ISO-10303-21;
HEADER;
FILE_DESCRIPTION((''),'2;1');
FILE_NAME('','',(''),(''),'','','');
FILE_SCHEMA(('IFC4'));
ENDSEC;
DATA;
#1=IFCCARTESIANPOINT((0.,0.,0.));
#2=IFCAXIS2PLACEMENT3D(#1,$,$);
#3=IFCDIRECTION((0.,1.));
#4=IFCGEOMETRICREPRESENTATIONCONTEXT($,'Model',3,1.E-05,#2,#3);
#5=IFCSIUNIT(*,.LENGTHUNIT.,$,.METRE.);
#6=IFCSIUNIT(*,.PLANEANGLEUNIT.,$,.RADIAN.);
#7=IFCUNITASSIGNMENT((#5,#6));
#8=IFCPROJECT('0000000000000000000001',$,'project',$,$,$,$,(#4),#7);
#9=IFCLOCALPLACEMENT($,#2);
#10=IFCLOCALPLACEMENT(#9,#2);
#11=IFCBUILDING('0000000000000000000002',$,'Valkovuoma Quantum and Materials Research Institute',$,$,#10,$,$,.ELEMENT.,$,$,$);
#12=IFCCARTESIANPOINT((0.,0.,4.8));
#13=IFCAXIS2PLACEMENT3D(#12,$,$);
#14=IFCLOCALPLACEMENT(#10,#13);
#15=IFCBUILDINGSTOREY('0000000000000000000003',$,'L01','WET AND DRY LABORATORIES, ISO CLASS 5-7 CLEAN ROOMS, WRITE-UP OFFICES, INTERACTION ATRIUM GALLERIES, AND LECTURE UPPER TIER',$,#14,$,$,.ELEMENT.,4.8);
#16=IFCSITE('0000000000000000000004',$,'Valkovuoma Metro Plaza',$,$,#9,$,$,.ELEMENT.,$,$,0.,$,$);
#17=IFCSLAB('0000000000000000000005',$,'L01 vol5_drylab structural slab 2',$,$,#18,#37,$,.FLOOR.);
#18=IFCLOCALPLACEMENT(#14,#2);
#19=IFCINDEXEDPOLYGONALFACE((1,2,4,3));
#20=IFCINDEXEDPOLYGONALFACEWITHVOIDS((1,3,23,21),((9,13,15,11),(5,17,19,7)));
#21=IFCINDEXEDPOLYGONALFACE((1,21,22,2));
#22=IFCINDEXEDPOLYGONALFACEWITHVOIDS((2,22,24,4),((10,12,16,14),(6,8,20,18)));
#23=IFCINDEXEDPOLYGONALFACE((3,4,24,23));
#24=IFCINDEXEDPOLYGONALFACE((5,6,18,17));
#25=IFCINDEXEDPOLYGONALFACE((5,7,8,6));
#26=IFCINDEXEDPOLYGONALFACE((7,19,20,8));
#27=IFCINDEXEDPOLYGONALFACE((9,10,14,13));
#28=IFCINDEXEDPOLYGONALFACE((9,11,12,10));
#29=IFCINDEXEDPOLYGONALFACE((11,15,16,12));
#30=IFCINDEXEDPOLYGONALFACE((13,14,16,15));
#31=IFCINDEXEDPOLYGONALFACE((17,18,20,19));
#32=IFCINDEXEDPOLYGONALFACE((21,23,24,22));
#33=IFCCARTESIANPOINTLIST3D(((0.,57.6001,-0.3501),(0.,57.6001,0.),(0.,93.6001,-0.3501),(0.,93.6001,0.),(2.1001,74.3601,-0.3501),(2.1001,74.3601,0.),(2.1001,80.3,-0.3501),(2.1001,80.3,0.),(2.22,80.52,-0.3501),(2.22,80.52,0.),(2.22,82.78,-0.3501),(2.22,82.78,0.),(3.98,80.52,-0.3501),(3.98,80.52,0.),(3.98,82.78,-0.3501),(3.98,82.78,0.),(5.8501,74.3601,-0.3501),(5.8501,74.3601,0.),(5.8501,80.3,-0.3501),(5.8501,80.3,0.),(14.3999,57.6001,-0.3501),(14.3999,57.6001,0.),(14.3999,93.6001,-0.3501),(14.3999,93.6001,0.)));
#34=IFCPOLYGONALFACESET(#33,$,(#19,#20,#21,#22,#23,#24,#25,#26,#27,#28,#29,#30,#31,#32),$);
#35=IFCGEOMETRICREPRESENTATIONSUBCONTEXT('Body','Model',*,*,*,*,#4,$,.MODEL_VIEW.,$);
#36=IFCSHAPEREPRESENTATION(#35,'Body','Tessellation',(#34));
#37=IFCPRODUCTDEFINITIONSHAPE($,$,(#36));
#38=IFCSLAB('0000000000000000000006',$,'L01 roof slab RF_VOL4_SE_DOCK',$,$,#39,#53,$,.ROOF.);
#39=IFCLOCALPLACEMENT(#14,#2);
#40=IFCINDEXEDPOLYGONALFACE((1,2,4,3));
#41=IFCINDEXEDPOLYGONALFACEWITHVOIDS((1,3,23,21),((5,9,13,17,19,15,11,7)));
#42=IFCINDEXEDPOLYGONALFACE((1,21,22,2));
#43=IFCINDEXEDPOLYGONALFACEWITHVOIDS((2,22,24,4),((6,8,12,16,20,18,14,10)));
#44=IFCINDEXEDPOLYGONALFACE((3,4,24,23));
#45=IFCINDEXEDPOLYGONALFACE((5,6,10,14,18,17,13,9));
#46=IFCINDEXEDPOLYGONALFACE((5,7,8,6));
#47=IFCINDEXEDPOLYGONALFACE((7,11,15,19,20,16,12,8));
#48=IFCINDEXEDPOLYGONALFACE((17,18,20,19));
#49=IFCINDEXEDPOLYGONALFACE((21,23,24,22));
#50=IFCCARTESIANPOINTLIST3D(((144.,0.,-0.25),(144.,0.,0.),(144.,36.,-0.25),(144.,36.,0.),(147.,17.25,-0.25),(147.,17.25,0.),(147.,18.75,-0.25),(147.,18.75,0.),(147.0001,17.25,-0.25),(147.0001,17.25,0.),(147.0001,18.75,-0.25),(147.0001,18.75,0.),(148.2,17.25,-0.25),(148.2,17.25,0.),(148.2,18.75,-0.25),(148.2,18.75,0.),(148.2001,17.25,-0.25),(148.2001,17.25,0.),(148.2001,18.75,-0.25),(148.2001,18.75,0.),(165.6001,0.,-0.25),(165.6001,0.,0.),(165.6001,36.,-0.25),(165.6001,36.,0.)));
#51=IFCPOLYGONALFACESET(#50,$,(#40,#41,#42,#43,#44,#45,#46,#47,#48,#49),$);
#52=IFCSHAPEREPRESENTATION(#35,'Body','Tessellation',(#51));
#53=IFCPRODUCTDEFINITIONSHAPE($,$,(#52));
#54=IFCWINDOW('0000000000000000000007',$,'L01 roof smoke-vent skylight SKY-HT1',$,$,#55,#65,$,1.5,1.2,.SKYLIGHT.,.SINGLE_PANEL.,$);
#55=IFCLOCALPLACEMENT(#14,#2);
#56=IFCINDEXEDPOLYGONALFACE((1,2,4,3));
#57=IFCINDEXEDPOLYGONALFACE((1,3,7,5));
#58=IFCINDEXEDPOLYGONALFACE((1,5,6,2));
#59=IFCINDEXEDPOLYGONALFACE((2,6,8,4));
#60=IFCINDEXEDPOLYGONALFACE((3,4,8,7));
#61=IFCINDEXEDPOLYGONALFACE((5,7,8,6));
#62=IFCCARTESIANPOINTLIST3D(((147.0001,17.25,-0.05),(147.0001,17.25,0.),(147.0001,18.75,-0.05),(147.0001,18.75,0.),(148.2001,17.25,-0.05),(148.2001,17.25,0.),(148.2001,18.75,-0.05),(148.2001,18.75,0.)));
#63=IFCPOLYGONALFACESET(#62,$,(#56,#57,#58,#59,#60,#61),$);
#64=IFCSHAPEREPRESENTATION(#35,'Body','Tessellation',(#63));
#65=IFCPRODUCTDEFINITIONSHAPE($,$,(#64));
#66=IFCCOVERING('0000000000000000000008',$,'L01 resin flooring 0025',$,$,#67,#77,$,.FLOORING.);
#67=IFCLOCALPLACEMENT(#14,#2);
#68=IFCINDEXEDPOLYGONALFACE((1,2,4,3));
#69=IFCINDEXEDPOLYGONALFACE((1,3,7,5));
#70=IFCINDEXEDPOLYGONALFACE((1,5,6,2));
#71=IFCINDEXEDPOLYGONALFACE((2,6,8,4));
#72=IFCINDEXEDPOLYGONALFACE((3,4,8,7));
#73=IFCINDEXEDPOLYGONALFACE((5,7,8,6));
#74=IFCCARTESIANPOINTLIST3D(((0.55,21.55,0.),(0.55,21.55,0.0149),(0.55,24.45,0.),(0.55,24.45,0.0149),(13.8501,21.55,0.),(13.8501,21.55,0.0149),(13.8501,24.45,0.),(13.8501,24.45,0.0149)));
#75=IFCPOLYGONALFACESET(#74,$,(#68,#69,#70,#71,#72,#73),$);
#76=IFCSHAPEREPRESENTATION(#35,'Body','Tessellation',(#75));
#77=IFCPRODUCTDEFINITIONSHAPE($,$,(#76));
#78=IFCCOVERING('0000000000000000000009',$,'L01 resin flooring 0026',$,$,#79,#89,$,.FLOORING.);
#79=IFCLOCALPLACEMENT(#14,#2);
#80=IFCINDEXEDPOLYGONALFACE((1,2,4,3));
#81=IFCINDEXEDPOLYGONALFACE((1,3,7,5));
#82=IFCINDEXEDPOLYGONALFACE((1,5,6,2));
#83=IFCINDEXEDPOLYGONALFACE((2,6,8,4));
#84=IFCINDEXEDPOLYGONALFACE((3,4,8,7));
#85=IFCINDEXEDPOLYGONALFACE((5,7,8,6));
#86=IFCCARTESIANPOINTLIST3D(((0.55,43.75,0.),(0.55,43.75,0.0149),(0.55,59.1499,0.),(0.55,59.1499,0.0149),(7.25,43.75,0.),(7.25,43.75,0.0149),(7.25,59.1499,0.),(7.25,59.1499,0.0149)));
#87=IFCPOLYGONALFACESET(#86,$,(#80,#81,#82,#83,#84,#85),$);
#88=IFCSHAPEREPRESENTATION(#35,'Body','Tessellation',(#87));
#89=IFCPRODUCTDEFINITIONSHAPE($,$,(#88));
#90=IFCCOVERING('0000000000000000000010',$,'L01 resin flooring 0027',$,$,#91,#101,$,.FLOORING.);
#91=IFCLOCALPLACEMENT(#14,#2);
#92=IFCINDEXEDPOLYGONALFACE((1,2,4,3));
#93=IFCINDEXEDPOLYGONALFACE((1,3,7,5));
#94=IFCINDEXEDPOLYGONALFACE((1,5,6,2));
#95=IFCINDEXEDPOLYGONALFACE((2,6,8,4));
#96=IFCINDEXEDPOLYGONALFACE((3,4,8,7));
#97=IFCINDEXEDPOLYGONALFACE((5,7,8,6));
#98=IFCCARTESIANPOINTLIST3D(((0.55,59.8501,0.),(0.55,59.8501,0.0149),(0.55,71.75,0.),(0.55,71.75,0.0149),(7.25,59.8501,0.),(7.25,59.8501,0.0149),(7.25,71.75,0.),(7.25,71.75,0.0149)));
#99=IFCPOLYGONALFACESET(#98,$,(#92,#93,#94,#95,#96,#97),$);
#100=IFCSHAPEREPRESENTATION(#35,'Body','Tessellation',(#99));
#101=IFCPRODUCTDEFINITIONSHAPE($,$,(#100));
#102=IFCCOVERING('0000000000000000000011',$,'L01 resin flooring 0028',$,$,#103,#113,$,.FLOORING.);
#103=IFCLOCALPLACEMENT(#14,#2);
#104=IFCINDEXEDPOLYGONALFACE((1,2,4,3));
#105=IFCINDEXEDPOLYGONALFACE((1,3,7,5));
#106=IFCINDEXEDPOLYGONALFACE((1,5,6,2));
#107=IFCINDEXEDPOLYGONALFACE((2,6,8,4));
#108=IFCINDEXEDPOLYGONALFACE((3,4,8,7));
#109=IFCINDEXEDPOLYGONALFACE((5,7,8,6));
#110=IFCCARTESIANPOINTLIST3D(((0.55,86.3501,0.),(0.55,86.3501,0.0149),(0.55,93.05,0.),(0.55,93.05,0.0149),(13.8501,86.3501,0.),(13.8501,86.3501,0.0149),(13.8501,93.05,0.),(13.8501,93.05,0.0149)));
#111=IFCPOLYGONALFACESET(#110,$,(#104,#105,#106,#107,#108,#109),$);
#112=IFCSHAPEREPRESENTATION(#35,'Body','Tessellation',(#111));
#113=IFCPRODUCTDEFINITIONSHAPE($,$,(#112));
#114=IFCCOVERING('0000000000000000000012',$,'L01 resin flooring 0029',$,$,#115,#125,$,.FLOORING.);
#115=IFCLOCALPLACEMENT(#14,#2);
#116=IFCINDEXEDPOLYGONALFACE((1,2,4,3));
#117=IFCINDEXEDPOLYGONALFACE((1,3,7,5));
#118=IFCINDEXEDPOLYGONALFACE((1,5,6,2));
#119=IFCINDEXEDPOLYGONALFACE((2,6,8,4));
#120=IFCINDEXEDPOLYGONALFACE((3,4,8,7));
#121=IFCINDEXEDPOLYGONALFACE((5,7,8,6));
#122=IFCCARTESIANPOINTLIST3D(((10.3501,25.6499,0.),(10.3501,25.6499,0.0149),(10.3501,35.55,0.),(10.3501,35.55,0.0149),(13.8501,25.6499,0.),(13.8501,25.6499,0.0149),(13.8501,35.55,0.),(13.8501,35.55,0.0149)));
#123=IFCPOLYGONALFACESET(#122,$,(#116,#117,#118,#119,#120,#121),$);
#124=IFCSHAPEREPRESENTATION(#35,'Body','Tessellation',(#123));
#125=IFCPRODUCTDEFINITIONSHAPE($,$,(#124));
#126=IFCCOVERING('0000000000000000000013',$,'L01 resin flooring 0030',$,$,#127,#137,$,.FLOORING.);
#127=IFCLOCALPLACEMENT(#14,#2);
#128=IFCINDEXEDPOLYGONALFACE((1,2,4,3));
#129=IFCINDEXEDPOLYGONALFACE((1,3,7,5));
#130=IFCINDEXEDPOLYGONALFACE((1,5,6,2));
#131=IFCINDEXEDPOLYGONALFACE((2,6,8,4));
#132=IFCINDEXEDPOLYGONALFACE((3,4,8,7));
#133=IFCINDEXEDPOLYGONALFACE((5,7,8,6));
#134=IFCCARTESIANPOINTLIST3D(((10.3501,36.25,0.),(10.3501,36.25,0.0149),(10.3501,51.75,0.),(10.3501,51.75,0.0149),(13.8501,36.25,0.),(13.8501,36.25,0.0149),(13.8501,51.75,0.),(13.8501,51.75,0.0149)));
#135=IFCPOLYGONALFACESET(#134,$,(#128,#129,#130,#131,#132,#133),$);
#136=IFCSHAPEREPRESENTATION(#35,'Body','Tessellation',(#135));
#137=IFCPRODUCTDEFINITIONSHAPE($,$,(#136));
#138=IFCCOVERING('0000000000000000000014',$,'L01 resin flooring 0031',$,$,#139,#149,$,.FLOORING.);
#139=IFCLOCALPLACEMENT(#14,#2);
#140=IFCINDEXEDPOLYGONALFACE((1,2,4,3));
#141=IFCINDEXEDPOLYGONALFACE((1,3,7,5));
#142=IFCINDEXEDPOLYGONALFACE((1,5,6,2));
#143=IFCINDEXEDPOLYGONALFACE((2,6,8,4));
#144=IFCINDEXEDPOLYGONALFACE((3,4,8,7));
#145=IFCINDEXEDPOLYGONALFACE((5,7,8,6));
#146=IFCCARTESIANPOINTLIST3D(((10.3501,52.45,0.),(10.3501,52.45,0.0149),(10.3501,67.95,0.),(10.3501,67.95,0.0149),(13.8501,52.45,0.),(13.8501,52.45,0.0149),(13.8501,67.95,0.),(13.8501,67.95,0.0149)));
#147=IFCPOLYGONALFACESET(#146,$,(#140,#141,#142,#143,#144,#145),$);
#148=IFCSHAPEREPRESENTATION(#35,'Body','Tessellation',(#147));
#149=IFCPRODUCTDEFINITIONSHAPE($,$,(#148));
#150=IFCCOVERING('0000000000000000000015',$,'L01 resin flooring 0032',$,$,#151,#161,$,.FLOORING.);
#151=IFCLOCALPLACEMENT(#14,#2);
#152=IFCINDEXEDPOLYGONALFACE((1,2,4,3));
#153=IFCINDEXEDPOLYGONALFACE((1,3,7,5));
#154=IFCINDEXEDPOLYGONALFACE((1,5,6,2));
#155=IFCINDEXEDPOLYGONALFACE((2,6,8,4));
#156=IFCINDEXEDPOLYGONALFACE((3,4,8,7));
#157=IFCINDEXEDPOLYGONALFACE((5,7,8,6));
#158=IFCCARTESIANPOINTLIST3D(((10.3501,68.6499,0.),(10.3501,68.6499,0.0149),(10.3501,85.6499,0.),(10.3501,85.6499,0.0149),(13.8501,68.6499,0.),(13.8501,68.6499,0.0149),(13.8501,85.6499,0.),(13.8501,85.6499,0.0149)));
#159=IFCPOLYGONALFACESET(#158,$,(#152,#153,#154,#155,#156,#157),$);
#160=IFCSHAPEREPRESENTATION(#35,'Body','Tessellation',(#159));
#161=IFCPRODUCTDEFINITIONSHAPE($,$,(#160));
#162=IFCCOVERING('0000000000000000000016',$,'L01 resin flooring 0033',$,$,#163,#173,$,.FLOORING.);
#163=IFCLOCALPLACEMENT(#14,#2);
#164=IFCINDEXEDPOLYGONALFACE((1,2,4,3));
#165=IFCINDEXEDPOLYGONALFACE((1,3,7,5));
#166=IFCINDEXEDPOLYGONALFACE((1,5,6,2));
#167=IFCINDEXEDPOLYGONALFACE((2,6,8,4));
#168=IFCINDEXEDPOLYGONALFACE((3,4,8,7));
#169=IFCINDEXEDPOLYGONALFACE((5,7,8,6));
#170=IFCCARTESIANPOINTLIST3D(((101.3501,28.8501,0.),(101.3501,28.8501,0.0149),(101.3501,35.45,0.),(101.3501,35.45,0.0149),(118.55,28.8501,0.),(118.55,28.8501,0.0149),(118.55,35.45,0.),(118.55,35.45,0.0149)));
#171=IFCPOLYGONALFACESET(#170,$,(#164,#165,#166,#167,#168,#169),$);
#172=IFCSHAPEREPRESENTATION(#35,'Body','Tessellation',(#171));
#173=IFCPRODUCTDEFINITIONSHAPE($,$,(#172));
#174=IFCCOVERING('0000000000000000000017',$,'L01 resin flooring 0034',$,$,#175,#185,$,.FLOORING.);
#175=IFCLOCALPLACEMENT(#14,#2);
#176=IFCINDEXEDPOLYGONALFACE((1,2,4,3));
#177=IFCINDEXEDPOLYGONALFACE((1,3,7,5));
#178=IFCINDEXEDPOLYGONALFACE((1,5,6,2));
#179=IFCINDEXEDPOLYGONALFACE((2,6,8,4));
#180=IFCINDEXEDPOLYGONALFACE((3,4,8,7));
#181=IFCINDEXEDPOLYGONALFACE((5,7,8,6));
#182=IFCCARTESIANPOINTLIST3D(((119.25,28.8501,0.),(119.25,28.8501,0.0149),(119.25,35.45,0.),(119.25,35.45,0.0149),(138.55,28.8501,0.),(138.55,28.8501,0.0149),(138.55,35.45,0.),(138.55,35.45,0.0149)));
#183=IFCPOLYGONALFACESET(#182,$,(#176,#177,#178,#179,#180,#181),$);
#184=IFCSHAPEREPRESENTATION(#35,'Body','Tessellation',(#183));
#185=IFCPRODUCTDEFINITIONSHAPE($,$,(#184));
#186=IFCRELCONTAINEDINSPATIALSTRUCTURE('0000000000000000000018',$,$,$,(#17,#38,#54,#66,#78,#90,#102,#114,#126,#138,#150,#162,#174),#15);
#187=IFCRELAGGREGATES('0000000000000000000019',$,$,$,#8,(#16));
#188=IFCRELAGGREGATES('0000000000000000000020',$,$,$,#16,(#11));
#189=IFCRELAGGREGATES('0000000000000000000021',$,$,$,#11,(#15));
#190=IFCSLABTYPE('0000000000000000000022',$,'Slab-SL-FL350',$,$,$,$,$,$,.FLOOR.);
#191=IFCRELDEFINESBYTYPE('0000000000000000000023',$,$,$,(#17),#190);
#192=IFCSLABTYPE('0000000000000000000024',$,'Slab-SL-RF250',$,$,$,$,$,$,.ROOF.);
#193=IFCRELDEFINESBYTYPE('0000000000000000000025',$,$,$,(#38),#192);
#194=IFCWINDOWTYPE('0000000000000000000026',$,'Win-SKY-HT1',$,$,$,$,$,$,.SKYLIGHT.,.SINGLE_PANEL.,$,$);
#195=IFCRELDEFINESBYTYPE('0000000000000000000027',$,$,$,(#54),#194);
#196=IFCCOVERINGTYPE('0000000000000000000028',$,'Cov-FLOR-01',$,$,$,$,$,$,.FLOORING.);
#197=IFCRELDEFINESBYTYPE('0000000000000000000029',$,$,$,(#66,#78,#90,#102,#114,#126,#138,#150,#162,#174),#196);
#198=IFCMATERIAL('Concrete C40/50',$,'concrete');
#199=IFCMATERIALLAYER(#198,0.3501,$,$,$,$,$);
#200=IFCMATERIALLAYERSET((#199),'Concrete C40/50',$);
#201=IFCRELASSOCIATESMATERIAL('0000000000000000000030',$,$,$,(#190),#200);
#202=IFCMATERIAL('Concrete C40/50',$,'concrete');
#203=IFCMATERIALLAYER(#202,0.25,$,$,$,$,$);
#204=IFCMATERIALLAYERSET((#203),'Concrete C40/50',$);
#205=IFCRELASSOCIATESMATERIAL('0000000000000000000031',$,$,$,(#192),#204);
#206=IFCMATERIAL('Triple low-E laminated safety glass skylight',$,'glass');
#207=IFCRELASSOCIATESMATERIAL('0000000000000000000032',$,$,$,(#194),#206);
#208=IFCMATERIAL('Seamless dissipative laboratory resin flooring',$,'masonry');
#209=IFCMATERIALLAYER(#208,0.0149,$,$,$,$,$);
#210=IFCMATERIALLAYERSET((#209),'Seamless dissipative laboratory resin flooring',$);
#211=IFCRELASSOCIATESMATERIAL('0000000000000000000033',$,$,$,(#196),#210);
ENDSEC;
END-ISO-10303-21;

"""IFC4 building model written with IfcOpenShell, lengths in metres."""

from ifc_helpers import new_model, si_unit, direction, frame, origin, origin_2d, place, context, subcontext, project, spatial, polyline, rectangle, outline, extrude, material, layer, layer_set, type_object, element, fill, save


model = new_model("IFC4")

# Units and contexts
model_context = context("Model", 3, precision=1e-05, world=origin(), true_north=direction((0.0, 1.0)))
body_context = subcontext(model_context, "Body", "Model", "MODEL_VIEW")
ifc_project = project(units=[si_unit("LENGTHUNIT", "METRE"), si_unit("PLANEANGLEUNIT", "RADIAN")], contexts=[model_context])

# Site, building, storey
site_placement = place(None, origin())
site = spatial("IfcSite", under=ifc_project, at=site_placement, Name="Valkovuoma Metro Plaza", CompositionType="ELEMENT", RefElevation=0.0)
building_placement = place(site_placement, origin())
building = spatial("IfcBuilding", under=site, at=building_placement, Name="Valkovuoma Quantum and Materials Research Institute", CompositionType="ELEMENT")
storey_placement = place(building_placement, frame((0.0, 0.0, 4.8)))
storey = spatial("IfcBuildingStorey", under=building, at=storey_placement, Name="L01", Description="WET AND DRY LABORATORIES, ISO CLASS 5-7 CLEAN ROOMS, WRITE-UP OFFICES, INTERACTION ATRIUM GALLERIES, AND LECTURE UPPER TIER", CompositionType="ELEMENT", Elevation=4.8)

# Slab
ifc_material_1 = material(Name="Concrete C40/50", Category="concrete")
ifc_layer_1 = layer(ifc_material_1, 0.3501)
ifc_layer_set_1 = layer_set([ifc_layer_1], Name="Concrete C40/50")
slab_type_1 = type_object("IfcSlabType", Name="Slab-SL-FL350", PredefinedType="FLOOR", material=ifc_layer_set_1)
slab_1_placement = place(storey_placement, frame((0.0, 0.0, -0.3501)))
element("IfcSlab", 1, at=slab_1_placement, inside=storey, type_object=slab_type_1, Name="L01 vol5_drylab structural slab 2", PredefinedType="FLOOR", context=body_context, shape_type="SweptSolid", body=[
    extrude(outline(polyline([(0.0, 57.6001), (14.3999, 57.6001), (14.3999, 93.6001), (0.0, 93.6001), (0.0, 57.6001)]), holes=[polyline([(2.1001, 74.3601), (5.8501, 74.3601), (5.8501, 80.3), (2.1001, 80.3), (2.1001, 74.3601)]), polyline([(2.22, 80.52), (3.98, 80.52), (3.98, 82.78), (2.22, 82.78), (2.22, 80.52)])]), origin(), (0.0, 0.0, 1.0), 0.3501),
])

# Slab, opening, window
ifc_material_2 = material(Name="Concrete C40/50", Category="concrete")
ifc_layer_2 = layer(ifc_material_2, 0.25)
ifc_layer_set_2 = layer_set([ifc_layer_2], Name="Concrete C40/50")
slab_type_2 = type_object("IfcSlabType", Name="Slab-SL-RF250", PredefinedType="ROOF", material=ifc_layer_set_2)
slab_2_placement = place(storey_placement, frame((0.0, 0.0, -0.25)))
slab_2 = element("IfcSlab", 2, at=slab_2_placement, inside=storey, type_object=slab_type_2, Name="L01 roof slab RF_VOL4_SE_DOCK", PredefinedType="ROOF", context=body_context, shape_type="SweptSolid", body=[
    extrude(outline(polyline([(144.0, 0.0), (165.6001, 0.0), (165.6001, 36.0), (144.0, 36.0), (144.0, 0.0)]), holes=[polyline([(147.0, 17.25), (148.2, 17.25), (148.2, 18.75), (147.0, 18.75), (147.0, 17.25)])]), origin(), (0.0, 0.0, 1.0), 0.25),
])
opening_placement = place(slab_2_placement, frame((147.6001, 18.0, -0.01)))
opening = element("IfcOpeningElement", 3, at=opening_placement, cuts=slab_2, PredefinedType="OPENING", context=body_context, shape_type="SweptSolid", body=[
    extrude(rectangle(XDim=1.2, YDim=1.5, at=origin_2d()), origin(), (0.0, 0.0, 1.0), 0.27),
])
ifc_material_3 = material(Name="Triple low-E laminated safety glass skylight", Category="glass")
window_type = type_object("IfcWindowType", Name="Win-SKY-HT1", PartitioningType="SINGLE_PANEL", PredefinedType="SKYLIGHT", material=ifc_material_3)
window_placement = place(opening_placement, frame((0.0, 0.0, 0.21)))
window = element("IfcWindow", 4, at=window_placement, inside=storey, type_object=window_type, Name="L01 roof smoke-vent skylight SKY-HT1", OverallHeight=1.5, OverallWidth=1.2, PartitioningType="SINGLE_PANEL", PredefinedType="SKYLIGHT", context=body_context, shape_type="SweptSolid", body=[
    extrude(rectangle(XDim=1.2, YDim=1.5, at=origin_2d()), origin(), (0.0, 0.0, 1.0), 0.05),
])
fill(opening, window)

# Coverings
ifc_material_4 = material(Name="Seamless dissipative laboratory resin flooring", Category="masonry")
ifc_layer_3 = layer(ifc_material_4, 0.0149)
ifc_layer_set_3 = layer_set([ifc_layer_3], Name="Seamless dissipative laboratory resin flooring")
covering_type_1 = type_object("IfcCoveringType", Name="Cov-FLOR-01", PredefinedType="FLOORING", material=ifc_layer_set_3)
covering_1_placement = place(storey_placement, origin())
element("IfcCovering", 5, at=covering_1_placement, inside=storey, type_object=covering_type_1, Name="L01 resin flooring 0025", PredefinedType="FLOORING", context=body_context, shape_type="SweptSolid", body=[
    extrude(outline(polyline([(0.55, 21.55), (13.8501, 21.55), (13.8501, 24.45), (0.55, 24.45), (0.55, 21.55)])), origin(), (0.0, 0.0, 1.0), 0.0149),
])
covering_2_placement = place(storey_placement, origin())
element("IfcCovering", 6, at=covering_2_placement, inside=storey, type_object=covering_type_1, Name="L01 resin flooring 0026", PredefinedType="FLOORING", context=body_context, shape_type="SweptSolid", body=[
    extrude(outline(polyline([(0.55, 43.75), (7.25, 43.75), (7.25, 59.1499), (0.55, 59.1499), (0.55, 43.75)])), origin(), (0.0, 0.0, 1.0), 0.0149),
])
covering_3_placement = place(storey_placement, origin())
element("IfcCovering", 7, at=covering_3_placement, inside=storey, type_object=covering_type_1, Name="L01 resin flooring 0027", PredefinedType="FLOORING", context=body_context, shape_type="SweptSolid", body=[
    extrude(outline(polyline([(0.55, 59.8501), (7.25, 59.8501), (7.25, 71.75), (0.55, 71.75), (0.55, 59.8501)])), origin(), (0.0, 0.0, 1.0), 0.0149),
])
covering_4_placement = place(storey_placement, origin())
element("IfcCovering", 8, at=covering_4_placement, inside=storey, type_object=covering_type_1, Name="L01 resin flooring 0028", PredefinedType="FLOORING", context=body_context, shape_type="SweptSolid", body=[
    extrude(outline(polyline([(0.55, 86.3501), (13.8501, 86.3501), (13.8501, 93.05), (0.55, 93.05), (0.55, 86.3501)])), origin(), (0.0, 0.0, 1.0), 0.0149),
])
covering_5_placement = place(storey_placement, origin())
element("IfcCovering", 9, at=covering_5_placement, inside=storey, type_object=covering_type_1, Name="L01 resin flooring 0029", PredefinedType="FLOORING", context=body_context, shape_type="SweptSolid", body=[
    extrude(outline(polyline([(10.3501, 25.6499), (13.8501, 25.6499), (13.8501, 35.55), (10.3501, 35.55), (10.3501, 25.6499)])), origin(), (0.0, 0.0, 1.0), 0.0149),
])
covering_6_placement = place(storey_placement, origin())
element("IfcCovering", 10, at=covering_6_placement, inside=storey, type_object=covering_type_1, Name="L01 resin flooring 0030", PredefinedType="FLOORING", context=body_context, shape_type="SweptSolid", body=[
    extrude(outline(polyline([(10.3501, 36.25), (13.8501, 36.25), (13.8501, 51.75), (10.3501, 51.75), (10.3501, 36.25)])), origin(), (0.0, 0.0, 1.0), 0.0149),
])
covering_7_placement = place(storey_placement, origin())
element("IfcCovering", 11, at=covering_7_placement, inside=storey, type_object=covering_type_1, Name="L01 resin flooring 0031", PredefinedType="FLOORING", context=body_context, shape_type="SweptSolid", body=[
    extrude(outline(polyline([(10.3501, 52.45), (13.8501, 52.45), (13.8501, 67.95), (10.3501, 67.95), (10.3501, 52.45)])), origin(), (0.0, 0.0, 1.0), 0.0149),
])
covering_8_placement = place(storey_placement, origin())
element("IfcCovering", 12, at=covering_8_placement, inside=storey, type_object=covering_type_1, Name="L01 resin flooring 0032", PredefinedType="FLOORING", context=body_context, shape_type="SweptSolid", body=[
    extrude(outline(polyline([(10.3501, 68.6499), (13.8501, 68.6499), (13.8501, 85.6499), (10.3501, 85.6499), (10.3501, 68.6499)])), origin(), (0.0, 0.0, 1.0), 0.0149),
])
covering_9_placement = place(storey_placement, origin())
element("IfcCovering", 13, at=covering_9_placement, inside=storey, type_object=covering_type_1, Name="L01 resin flooring 0033", PredefinedType="FLOORING", context=body_context, shape_type="SweptSolid", body=[
    extrude(outline(polyline([(101.3501, 28.8501), (118.55, 28.8501), (118.55, 35.45), (101.3501, 35.45), (101.3501, 28.8501)])), origin(), (0.0, 0.0, 1.0), 0.0149),
])
covering_10_placement = place(storey_placement, origin())
element("IfcCovering", 14, at=covering_10_placement, inside=storey, type_object=covering_type_1, Name="L01 resin flooring 0034", PredefinedType="FLOORING", context=body_context, shape_type="SweptSolid", body=[
    extrude(outline(polyline([(119.25, 28.8501), (138.55, 28.8501), (138.55, 35.45), (119.25, 35.45), (119.25, 28.8501)])), origin(), (0.0, 0.0, 1.0), 0.0149),
])

save(model, "model.ifc")
